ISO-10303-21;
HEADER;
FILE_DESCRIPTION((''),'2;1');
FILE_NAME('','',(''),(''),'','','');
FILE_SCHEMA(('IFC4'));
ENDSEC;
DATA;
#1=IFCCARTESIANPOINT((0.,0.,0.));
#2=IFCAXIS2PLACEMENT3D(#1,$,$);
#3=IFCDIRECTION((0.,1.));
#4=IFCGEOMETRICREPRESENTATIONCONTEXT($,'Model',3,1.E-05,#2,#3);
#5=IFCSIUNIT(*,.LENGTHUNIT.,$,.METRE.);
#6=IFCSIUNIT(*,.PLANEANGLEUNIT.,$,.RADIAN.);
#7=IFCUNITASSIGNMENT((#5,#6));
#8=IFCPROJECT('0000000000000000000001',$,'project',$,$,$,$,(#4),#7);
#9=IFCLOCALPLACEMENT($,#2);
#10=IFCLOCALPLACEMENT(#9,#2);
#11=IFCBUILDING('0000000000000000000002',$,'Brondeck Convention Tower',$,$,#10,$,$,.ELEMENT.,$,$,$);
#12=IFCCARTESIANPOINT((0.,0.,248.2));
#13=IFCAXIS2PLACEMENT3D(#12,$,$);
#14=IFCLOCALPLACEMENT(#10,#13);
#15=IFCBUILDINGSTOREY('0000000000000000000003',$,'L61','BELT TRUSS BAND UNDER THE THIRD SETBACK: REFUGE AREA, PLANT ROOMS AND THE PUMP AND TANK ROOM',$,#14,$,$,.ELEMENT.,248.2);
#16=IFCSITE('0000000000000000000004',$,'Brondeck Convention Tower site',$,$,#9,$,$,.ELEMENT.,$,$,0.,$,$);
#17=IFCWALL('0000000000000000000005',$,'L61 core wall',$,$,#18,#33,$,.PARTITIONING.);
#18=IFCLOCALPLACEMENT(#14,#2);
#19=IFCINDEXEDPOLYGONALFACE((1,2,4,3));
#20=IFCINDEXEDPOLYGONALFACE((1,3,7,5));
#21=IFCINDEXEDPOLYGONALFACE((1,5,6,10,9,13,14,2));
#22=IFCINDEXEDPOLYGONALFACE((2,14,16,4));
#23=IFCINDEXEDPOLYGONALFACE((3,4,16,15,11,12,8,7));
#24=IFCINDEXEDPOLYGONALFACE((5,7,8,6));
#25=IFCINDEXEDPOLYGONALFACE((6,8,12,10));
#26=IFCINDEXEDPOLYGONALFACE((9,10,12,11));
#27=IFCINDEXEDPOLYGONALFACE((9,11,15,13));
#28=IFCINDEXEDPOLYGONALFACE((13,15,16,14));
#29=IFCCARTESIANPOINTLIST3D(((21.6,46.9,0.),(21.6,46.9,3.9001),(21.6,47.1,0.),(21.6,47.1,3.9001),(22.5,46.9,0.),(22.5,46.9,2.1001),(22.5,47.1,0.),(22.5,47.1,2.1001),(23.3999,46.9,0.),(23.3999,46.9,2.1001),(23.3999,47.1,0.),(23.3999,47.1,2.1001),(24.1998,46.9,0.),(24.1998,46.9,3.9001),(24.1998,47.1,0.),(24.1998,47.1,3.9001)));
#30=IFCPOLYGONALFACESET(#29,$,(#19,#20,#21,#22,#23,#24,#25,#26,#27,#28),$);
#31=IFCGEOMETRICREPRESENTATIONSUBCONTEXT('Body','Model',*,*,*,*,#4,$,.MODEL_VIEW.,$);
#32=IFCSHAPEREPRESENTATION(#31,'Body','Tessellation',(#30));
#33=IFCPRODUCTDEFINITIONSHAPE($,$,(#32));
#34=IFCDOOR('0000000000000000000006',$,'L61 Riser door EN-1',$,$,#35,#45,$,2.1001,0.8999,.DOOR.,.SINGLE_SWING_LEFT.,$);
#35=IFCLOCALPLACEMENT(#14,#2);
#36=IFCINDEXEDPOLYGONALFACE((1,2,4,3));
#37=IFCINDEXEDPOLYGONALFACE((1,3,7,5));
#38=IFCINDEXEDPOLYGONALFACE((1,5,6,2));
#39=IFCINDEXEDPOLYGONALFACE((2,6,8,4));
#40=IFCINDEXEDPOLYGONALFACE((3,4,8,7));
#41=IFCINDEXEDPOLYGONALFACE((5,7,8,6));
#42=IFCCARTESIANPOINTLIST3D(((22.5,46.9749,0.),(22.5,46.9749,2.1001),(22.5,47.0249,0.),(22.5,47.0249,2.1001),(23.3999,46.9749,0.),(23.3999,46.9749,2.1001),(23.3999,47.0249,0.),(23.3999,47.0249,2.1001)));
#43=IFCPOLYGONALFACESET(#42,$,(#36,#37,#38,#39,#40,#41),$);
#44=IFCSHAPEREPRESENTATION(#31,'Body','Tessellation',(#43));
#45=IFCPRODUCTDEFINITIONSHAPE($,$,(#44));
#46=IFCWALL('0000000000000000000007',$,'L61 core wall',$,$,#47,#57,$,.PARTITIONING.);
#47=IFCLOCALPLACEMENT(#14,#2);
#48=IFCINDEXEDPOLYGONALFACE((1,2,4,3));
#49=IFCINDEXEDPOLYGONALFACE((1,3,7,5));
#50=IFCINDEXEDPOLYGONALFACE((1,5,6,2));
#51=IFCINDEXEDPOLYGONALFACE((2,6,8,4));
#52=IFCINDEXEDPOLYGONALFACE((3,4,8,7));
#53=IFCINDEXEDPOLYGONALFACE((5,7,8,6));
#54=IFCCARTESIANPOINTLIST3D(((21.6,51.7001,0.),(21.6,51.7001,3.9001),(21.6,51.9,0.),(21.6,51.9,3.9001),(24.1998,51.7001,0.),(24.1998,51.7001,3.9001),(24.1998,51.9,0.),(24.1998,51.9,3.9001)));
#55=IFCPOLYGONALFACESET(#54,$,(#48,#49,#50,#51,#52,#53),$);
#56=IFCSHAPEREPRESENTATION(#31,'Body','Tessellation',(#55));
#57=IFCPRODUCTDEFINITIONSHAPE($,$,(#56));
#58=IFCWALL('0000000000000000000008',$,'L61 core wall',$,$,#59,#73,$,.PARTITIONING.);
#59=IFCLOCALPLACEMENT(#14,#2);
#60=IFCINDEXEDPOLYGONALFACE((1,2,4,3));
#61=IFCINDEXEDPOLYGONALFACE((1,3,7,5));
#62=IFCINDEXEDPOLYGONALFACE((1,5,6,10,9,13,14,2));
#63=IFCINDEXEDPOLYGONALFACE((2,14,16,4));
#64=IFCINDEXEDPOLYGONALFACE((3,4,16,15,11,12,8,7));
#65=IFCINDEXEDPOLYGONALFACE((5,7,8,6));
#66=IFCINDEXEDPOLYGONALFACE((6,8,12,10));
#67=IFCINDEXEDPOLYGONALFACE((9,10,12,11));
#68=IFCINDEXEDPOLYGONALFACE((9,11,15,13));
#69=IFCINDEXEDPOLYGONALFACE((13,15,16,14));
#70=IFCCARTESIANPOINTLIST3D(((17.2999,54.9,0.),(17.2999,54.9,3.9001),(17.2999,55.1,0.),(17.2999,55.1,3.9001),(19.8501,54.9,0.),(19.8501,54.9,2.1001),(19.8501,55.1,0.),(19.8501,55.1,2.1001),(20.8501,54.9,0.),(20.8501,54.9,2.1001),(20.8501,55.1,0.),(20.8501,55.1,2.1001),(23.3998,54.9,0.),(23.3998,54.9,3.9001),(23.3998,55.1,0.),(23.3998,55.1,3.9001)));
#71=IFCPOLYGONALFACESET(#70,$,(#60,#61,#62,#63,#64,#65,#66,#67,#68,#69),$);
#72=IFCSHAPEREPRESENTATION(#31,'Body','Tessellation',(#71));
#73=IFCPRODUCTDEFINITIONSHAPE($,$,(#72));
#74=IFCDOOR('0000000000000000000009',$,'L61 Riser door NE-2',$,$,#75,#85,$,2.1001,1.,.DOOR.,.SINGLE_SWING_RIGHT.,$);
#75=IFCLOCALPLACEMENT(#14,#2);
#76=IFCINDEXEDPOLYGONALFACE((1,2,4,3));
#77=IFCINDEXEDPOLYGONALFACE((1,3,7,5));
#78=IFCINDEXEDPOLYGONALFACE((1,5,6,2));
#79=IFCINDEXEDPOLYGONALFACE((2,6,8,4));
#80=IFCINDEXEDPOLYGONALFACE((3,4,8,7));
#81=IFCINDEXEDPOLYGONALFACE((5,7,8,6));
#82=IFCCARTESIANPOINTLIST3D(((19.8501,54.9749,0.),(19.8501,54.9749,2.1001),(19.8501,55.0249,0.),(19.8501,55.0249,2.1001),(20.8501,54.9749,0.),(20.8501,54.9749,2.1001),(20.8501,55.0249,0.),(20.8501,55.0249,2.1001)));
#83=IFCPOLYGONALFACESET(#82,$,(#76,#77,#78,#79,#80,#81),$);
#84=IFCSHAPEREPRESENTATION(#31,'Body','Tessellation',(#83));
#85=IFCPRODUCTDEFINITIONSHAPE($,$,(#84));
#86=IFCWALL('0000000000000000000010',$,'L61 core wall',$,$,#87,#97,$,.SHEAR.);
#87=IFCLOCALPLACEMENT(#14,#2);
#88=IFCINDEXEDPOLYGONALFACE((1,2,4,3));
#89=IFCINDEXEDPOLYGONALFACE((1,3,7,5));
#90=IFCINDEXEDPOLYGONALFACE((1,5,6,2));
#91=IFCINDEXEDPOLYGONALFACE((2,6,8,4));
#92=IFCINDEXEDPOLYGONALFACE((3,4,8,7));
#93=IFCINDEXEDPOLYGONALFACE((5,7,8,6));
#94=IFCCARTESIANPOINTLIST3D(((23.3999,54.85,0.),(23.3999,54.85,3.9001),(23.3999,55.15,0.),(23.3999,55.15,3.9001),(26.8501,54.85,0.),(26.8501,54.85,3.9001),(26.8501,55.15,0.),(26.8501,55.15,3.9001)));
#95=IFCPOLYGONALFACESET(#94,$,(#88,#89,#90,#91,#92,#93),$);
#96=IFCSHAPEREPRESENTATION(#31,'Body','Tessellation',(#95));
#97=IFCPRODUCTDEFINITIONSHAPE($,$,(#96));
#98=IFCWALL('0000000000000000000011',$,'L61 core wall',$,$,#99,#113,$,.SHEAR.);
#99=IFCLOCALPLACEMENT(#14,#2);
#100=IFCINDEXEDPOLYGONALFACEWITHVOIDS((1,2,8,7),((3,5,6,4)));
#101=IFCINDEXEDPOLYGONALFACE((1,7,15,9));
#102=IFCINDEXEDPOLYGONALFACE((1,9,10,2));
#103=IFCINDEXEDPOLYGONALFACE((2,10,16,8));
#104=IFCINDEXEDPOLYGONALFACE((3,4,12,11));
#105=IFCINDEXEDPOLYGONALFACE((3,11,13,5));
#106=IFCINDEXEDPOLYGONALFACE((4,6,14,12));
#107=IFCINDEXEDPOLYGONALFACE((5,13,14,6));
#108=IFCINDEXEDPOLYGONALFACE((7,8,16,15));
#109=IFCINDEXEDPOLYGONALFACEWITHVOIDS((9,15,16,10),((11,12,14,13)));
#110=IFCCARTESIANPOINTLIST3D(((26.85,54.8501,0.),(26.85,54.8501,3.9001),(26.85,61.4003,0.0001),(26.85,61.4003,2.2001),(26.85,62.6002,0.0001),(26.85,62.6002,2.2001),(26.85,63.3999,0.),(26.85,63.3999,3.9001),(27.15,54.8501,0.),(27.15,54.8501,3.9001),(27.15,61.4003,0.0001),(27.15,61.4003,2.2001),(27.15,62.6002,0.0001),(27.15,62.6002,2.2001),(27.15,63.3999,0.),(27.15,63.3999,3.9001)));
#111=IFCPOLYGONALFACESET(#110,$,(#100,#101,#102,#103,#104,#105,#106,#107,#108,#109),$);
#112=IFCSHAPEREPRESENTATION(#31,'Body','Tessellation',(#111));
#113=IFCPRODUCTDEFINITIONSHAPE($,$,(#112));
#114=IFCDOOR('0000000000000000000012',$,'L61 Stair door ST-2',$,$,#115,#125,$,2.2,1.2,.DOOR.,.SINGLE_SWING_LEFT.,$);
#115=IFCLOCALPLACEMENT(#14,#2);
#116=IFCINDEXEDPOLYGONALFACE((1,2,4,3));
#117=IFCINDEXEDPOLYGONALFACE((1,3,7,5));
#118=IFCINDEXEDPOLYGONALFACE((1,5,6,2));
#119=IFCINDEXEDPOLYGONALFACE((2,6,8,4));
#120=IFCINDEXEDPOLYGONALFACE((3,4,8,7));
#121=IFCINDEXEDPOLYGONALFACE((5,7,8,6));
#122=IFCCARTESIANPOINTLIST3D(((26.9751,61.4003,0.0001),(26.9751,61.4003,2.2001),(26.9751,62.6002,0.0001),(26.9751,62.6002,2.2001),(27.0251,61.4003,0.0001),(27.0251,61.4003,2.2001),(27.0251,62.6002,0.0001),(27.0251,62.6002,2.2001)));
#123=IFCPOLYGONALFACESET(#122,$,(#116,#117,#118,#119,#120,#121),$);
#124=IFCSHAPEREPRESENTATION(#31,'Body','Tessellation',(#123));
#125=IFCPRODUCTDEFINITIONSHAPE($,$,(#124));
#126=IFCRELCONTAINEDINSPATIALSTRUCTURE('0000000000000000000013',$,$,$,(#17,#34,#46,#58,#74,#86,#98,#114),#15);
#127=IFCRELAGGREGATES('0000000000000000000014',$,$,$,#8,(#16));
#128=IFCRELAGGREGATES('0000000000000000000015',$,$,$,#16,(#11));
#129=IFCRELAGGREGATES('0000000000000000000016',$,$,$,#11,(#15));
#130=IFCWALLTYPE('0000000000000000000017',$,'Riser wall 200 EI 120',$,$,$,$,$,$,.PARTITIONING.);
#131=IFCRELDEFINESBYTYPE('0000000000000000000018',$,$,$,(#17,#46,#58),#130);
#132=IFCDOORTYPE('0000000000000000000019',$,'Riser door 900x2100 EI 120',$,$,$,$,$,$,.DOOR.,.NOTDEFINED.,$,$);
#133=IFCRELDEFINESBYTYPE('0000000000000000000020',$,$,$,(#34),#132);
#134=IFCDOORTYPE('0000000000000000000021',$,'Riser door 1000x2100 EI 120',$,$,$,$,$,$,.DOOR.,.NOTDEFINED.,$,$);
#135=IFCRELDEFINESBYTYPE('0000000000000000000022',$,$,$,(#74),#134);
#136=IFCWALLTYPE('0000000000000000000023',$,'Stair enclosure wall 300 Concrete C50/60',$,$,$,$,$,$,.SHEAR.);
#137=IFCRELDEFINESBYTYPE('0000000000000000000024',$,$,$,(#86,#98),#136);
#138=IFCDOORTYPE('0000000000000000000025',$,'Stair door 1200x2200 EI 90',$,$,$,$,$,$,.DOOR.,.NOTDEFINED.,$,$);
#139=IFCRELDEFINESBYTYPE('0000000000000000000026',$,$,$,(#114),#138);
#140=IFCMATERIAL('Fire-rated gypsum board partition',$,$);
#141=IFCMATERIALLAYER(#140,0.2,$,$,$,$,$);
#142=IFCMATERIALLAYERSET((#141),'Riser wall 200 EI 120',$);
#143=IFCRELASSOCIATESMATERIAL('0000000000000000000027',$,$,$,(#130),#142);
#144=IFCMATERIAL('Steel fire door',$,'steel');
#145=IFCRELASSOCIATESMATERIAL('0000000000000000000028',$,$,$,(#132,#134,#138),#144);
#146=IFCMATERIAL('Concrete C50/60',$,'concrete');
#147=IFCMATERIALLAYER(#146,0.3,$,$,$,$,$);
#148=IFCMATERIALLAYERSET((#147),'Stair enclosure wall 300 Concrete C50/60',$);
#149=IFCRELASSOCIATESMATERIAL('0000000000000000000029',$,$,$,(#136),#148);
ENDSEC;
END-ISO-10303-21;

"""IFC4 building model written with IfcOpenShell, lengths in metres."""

from ifc_helpers import new_model, si_unit, direction, frame, frame_2d, origin, place, context, subcontext, project, spatial, rectangle, extrude, material, layer, layer_set, type_object, element, fill, save


model = new_model("IFC4")

# Units and contexts
model_context = context("Model", 3, precision=1e-05, world=origin(), true_north=direction((0.0, 1.0)))
body_context = subcontext(model_context, "Body", "Model", "MODEL_VIEW")
ifc_project = project(units=[si_unit("LENGTHUNIT", "METRE"), si_unit("PLANEANGLEUNIT", "RADIAN")], contexts=[model_context])

# Site, building, storey
site_placement = place(None, origin())
site = spatial("IfcSite", under=ifc_project, at=site_placement, Name="Brondeck Convention Tower site", CompositionType="ELEMENT", RefElevation=0.0)
building_placement = place(site_placement, origin())
building = spatial("IfcBuilding", under=site, at=building_placement, Name="Brondeck Convention Tower", CompositionType="ELEMENT")
storey_placement = place(building_placement, frame((0.0, 0.0, 248.2)))
storey = spatial("IfcBuildingStorey", under=building, at=storey_placement, Name="L61", Description="BELT TRUSS BAND UNDER THE THIRD SETBACK: REFUGE AREA, PLANT ROOMS AND THE PUMP AND TANK ROOM", CompositionType="ELEMENT", Elevation=248.2)

# Shared definitions
ifc_material_1 = material(Name="Concrete C50/60", Category="concrete")

# Shared definitions
ifc_material_2 = material(Name="Fire-rated gypsum board partition")
ifc_material_3 = material(Name="Steel fire door", Category="steel")

# Wall, opening, door
ifc_layer_1 = layer(ifc_material_2, 0.2)
ifc_layer_set_1 = layer_set([ifc_layer_1], Name="Riser wall 200 EI 120")
wall_type_1 = type_object("IfcWallType", Name="Riser wall 200 EI 120", PredefinedType="PARTITIONING", material=ifc_layer_set_1)
wall_1_placement = place(storey_placement, frame((21.6001, 47.0, 0.0), z_axis=(0.0, 0.0, 1.0), x_axis=(1.0, 0.0, 0.0)))
wall_1 = element("IfcWall", 1, at=wall_1_placement, inside=storey, type_object=wall_type_1, Name="L61 core wall", PredefinedType="PARTITIONING", context=body_context, shape_type="SweptSolid", body=[
    extrude(rectangle(XDim=2.5999, YDim=0.2, at=frame_2d((1.2998, 0.0))), origin(), (0.0, 0.0, 1.0), 3.9001),
])
opening_1_placement = place(wall_1_placement, frame((0.8999, 0.0, 0.0)))
opening_1 = element("IfcOpeningElement", 2, at=opening_1_placement, cuts=wall_1, PredefinedType="OPENING", context=body_context, shape_type="SweptSolid", body=[
    extrude(rectangle(XDim=0.8999, YDim=2.1001, at=frame_2d((0.45, 1.05))), frame((0.0, 0.1099, 0.0), z_axis=(0.0, -1.0, 0.0), x_axis=(1.0, 0.0, 0.0)), (0.0, 0.0, 1.0), 0.22),
])
door_type_1 = type_object("IfcDoorType", Name="Riser door 900x2100 EI 120", OperationType="NOTDEFINED", PredefinedType="DOOR", material=ifc_material_3)
door_1_placement = place(opening_1_placement, origin())
door_1 = element("IfcDoor", 3, at=door_1_placement, inside=storey, type_object=door_type_1, Name="L61 Riser door EN-1", OperationType="SINGLE_SWING_LEFT", OverallHeight=2.1001, OverallWidth=0.8999, PredefinedType="DOOR", context=body_context, shape_type="SweptSolid", body=[
    extrude(rectangle(XDim=0.8999, YDim=2.1001, at=frame_2d((0.45, 1.05))), frame((0.0, 0.0249, 0.0), z_axis=(0.0, -1.0, 0.0), x_axis=(1.0, 0.0, 0.0)), (0.0, 0.0, 1.0), 0.05),
])
fill(opening_1, door_1)

# Wall
wall_2_placement = place(storey_placement, frame((21.6001, 51.8, 0.0), z_axis=(0.0, 0.0, 1.0), x_axis=(1.0, 0.0, 0.0)))
element("IfcWall", 4, at=wall_2_placement, inside=storey, type_object=wall_type_1, Name="L61 core wall", PredefinedType="PARTITIONING", context=body_context, shape_type="SweptSolid", body=[
    extrude(rectangle(XDim=2.5999, YDim=0.2, at=frame_2d((1.2998, 0.0))), origin(), (0.0, 0.0, 1.0), 3.9001),
])

# Wall, opening, door
wall_3_placement = place(storey_placement, frame((17.3, 55.0, 0.0), z_axis=(0.0, 0.0, 1.0), x_axis=(1.0, 0.0, 0.0)))
wall_3 = element("IfcWall", 5, at=wall_3_placement, inside=storey, type_object=wall_type_1, Name="L61 core wall", PredefinedType="PARTITIONING", context=body_context, shape_type="SweptSolid", body=[
    extrude(rectangle(XDim=6.0999, YDim=0.2, at=frame_2d((3.0498, 0.0))), origin(), (0.0, 0.0, 1.0), 3.9001),
])
opening_2_placement = place(wall_3_placement, frame((2.55, 0.0, 0.0)))
opening_2 = element("IfcOpeningElement", 6, at=opening_2_placement, cuts=wall_3, PredefinedType="OPENING", context=body_context, shape_type="SweptSolid", body=[
    extrude(rectangle(XDim=1.0, YDim=2.1001, at=frame_2d((0.5, 1.05))), frame((0.0, 0.1099, 0.0), z_axis=(0.0, -1.0, 0.0), x_axis=(1.0, 0.0, 0.0)), (0.0, 0.0, 1.0), 0.22),
])
door_type_2 = type_object("IfcDoorType", Name="Riser door 1000x2100 EI 120", OperationType="NOTDEFINED", PredefinedType="DOOR", material=ifc_material_3)
door_2_placement = place(opening_2_placement, origin())
door_2 = element("IfcDoor", 7, at=door_2_placement, inside=storey, type_object=door_type_2, Name="L61 Riser door NE-2", OperationType="SINGLE_SWING_RIGHT", OverallHeight=2.1001, OverallWidth=1.0, PredefinedType="DOOR", context=body_context, shape_type="SweptSolid", body=[
    extrude(rectangle(XDim=1.0, YDim=2.1001, at=frame_2d((0.5, 1.05))), frame((0.0, 0.0249, 0.0), z_axis=(0.0, -1.0, 0.0), x_axis=(1.0, 0.0, 0.0)), (0.0, 0.0, 1.0), 0.05),
])
fill(opening_2, door_2)

# Wall
ifc_layer_2 = layer(ifc_material_1, 0.3)
ifc_layer_set_2 = layer_set([ifc_layer_2], Name="Stair enclosure wall 300 Concrete C50/60")
wall_type_2 = type_object("IfcWallType", Name="Stair enclosure wall 300 Concrete C50/60", PredefinedType="SHEAR", material=ifc_layer_set_2)
wall_4_placement = place(storey_placement, frame((23.3999, 55.0, 0.0), z_axis=(0.0, 0.0, 1.0), x_axis=(1.0, 0.0, 0.0)))
element("IfcWall", 8, at=wall_4_placement, inside=storey, type_object=wall_type_2, Name="L61 core wall", PredefinedType="SHEAR", context=body_context, shape_type="SweptSolid", body=[
    extrude(rectangle(XDim=3.4502, YDim=0.3, at=frame_2d((1.7251, 0.0))), origin(), (0.0, 0.0, 1.0), 3.9001),
])

# Wall, opening, door
wall_5_placement = place(storey_placement, frame((27.0, 54.8501, 0.0), z_axis=(0.0, 0.0, 1.0), x_axis=(0.0, 1.0, 0.0)))
wall_5 = element("IfcWall", 9, at=wall_5_placement, inside=storey, type_object=wall_type_2, Name="L61 core wall", PredefinedType="SHEAR", context=body_context, shape_type="SweptSolid", body=[
    extrude(rectangle(XDim=8.5498, YDim=0.3, at=frame_2d((4.2749, 0.0))), origin(), (0.0, 0.0, 1.0), 3.9001),
])
opening_3_placement = place(wall_5_placement, frame((6.55, 0.0, 0.0)))
opening_3 = element("IfcOpeningElement", 10, at=opening_3_placement, cuts=wall_5, PredefinedType="OPENING", context=body_context, shape_type="SweptSolid", body=[
    extrude(rectangle(XDim=1.2, YDim=2.2, at=frame_2d((0.6001, 1.1001))), frame((0.0, 0.1599, 0.0), z_axis=(0.0, -1.0, 0.0), x_axis=(1.0, 0.0, 0.0)), (0.0, 0.0, 1.0), 0.3201),
])
door_type_3 = type_object("IfcDoorType", Name="Stair door 1200x2200 EI 90", OperationType="NOTDEFINED", PredefinedType="DOOR", material=ifc_material_3)
door_3_placement = place(opening_3_placement, origin())
door_3 = element("IfcDoor", 11, at=door_3_placement, inside=storey, type_object=door_type_3, Name="L61 Stair door ST-2", OperationType="SINGLE_SWING_LEFT", OverallHeight=2.2, OverallWidth=1.2, PredefinedType="DOOR", context=body_context, shape_type="SweptSolid", body=[
    extrude(rectangle(XDim=1.2, YDim=2.2, at=frame_2d((0.6001, 1.1001))), frame((0.0, 0.0249, 0.0), z_axis=(0.0, -1.0, 0.0), x_axis=(1.0, 0.0, 0.0)), (0.0, 0.0, 1.0), 0.05),
])
fill(opening_3, door_3)

save(model, "model.ifc")
